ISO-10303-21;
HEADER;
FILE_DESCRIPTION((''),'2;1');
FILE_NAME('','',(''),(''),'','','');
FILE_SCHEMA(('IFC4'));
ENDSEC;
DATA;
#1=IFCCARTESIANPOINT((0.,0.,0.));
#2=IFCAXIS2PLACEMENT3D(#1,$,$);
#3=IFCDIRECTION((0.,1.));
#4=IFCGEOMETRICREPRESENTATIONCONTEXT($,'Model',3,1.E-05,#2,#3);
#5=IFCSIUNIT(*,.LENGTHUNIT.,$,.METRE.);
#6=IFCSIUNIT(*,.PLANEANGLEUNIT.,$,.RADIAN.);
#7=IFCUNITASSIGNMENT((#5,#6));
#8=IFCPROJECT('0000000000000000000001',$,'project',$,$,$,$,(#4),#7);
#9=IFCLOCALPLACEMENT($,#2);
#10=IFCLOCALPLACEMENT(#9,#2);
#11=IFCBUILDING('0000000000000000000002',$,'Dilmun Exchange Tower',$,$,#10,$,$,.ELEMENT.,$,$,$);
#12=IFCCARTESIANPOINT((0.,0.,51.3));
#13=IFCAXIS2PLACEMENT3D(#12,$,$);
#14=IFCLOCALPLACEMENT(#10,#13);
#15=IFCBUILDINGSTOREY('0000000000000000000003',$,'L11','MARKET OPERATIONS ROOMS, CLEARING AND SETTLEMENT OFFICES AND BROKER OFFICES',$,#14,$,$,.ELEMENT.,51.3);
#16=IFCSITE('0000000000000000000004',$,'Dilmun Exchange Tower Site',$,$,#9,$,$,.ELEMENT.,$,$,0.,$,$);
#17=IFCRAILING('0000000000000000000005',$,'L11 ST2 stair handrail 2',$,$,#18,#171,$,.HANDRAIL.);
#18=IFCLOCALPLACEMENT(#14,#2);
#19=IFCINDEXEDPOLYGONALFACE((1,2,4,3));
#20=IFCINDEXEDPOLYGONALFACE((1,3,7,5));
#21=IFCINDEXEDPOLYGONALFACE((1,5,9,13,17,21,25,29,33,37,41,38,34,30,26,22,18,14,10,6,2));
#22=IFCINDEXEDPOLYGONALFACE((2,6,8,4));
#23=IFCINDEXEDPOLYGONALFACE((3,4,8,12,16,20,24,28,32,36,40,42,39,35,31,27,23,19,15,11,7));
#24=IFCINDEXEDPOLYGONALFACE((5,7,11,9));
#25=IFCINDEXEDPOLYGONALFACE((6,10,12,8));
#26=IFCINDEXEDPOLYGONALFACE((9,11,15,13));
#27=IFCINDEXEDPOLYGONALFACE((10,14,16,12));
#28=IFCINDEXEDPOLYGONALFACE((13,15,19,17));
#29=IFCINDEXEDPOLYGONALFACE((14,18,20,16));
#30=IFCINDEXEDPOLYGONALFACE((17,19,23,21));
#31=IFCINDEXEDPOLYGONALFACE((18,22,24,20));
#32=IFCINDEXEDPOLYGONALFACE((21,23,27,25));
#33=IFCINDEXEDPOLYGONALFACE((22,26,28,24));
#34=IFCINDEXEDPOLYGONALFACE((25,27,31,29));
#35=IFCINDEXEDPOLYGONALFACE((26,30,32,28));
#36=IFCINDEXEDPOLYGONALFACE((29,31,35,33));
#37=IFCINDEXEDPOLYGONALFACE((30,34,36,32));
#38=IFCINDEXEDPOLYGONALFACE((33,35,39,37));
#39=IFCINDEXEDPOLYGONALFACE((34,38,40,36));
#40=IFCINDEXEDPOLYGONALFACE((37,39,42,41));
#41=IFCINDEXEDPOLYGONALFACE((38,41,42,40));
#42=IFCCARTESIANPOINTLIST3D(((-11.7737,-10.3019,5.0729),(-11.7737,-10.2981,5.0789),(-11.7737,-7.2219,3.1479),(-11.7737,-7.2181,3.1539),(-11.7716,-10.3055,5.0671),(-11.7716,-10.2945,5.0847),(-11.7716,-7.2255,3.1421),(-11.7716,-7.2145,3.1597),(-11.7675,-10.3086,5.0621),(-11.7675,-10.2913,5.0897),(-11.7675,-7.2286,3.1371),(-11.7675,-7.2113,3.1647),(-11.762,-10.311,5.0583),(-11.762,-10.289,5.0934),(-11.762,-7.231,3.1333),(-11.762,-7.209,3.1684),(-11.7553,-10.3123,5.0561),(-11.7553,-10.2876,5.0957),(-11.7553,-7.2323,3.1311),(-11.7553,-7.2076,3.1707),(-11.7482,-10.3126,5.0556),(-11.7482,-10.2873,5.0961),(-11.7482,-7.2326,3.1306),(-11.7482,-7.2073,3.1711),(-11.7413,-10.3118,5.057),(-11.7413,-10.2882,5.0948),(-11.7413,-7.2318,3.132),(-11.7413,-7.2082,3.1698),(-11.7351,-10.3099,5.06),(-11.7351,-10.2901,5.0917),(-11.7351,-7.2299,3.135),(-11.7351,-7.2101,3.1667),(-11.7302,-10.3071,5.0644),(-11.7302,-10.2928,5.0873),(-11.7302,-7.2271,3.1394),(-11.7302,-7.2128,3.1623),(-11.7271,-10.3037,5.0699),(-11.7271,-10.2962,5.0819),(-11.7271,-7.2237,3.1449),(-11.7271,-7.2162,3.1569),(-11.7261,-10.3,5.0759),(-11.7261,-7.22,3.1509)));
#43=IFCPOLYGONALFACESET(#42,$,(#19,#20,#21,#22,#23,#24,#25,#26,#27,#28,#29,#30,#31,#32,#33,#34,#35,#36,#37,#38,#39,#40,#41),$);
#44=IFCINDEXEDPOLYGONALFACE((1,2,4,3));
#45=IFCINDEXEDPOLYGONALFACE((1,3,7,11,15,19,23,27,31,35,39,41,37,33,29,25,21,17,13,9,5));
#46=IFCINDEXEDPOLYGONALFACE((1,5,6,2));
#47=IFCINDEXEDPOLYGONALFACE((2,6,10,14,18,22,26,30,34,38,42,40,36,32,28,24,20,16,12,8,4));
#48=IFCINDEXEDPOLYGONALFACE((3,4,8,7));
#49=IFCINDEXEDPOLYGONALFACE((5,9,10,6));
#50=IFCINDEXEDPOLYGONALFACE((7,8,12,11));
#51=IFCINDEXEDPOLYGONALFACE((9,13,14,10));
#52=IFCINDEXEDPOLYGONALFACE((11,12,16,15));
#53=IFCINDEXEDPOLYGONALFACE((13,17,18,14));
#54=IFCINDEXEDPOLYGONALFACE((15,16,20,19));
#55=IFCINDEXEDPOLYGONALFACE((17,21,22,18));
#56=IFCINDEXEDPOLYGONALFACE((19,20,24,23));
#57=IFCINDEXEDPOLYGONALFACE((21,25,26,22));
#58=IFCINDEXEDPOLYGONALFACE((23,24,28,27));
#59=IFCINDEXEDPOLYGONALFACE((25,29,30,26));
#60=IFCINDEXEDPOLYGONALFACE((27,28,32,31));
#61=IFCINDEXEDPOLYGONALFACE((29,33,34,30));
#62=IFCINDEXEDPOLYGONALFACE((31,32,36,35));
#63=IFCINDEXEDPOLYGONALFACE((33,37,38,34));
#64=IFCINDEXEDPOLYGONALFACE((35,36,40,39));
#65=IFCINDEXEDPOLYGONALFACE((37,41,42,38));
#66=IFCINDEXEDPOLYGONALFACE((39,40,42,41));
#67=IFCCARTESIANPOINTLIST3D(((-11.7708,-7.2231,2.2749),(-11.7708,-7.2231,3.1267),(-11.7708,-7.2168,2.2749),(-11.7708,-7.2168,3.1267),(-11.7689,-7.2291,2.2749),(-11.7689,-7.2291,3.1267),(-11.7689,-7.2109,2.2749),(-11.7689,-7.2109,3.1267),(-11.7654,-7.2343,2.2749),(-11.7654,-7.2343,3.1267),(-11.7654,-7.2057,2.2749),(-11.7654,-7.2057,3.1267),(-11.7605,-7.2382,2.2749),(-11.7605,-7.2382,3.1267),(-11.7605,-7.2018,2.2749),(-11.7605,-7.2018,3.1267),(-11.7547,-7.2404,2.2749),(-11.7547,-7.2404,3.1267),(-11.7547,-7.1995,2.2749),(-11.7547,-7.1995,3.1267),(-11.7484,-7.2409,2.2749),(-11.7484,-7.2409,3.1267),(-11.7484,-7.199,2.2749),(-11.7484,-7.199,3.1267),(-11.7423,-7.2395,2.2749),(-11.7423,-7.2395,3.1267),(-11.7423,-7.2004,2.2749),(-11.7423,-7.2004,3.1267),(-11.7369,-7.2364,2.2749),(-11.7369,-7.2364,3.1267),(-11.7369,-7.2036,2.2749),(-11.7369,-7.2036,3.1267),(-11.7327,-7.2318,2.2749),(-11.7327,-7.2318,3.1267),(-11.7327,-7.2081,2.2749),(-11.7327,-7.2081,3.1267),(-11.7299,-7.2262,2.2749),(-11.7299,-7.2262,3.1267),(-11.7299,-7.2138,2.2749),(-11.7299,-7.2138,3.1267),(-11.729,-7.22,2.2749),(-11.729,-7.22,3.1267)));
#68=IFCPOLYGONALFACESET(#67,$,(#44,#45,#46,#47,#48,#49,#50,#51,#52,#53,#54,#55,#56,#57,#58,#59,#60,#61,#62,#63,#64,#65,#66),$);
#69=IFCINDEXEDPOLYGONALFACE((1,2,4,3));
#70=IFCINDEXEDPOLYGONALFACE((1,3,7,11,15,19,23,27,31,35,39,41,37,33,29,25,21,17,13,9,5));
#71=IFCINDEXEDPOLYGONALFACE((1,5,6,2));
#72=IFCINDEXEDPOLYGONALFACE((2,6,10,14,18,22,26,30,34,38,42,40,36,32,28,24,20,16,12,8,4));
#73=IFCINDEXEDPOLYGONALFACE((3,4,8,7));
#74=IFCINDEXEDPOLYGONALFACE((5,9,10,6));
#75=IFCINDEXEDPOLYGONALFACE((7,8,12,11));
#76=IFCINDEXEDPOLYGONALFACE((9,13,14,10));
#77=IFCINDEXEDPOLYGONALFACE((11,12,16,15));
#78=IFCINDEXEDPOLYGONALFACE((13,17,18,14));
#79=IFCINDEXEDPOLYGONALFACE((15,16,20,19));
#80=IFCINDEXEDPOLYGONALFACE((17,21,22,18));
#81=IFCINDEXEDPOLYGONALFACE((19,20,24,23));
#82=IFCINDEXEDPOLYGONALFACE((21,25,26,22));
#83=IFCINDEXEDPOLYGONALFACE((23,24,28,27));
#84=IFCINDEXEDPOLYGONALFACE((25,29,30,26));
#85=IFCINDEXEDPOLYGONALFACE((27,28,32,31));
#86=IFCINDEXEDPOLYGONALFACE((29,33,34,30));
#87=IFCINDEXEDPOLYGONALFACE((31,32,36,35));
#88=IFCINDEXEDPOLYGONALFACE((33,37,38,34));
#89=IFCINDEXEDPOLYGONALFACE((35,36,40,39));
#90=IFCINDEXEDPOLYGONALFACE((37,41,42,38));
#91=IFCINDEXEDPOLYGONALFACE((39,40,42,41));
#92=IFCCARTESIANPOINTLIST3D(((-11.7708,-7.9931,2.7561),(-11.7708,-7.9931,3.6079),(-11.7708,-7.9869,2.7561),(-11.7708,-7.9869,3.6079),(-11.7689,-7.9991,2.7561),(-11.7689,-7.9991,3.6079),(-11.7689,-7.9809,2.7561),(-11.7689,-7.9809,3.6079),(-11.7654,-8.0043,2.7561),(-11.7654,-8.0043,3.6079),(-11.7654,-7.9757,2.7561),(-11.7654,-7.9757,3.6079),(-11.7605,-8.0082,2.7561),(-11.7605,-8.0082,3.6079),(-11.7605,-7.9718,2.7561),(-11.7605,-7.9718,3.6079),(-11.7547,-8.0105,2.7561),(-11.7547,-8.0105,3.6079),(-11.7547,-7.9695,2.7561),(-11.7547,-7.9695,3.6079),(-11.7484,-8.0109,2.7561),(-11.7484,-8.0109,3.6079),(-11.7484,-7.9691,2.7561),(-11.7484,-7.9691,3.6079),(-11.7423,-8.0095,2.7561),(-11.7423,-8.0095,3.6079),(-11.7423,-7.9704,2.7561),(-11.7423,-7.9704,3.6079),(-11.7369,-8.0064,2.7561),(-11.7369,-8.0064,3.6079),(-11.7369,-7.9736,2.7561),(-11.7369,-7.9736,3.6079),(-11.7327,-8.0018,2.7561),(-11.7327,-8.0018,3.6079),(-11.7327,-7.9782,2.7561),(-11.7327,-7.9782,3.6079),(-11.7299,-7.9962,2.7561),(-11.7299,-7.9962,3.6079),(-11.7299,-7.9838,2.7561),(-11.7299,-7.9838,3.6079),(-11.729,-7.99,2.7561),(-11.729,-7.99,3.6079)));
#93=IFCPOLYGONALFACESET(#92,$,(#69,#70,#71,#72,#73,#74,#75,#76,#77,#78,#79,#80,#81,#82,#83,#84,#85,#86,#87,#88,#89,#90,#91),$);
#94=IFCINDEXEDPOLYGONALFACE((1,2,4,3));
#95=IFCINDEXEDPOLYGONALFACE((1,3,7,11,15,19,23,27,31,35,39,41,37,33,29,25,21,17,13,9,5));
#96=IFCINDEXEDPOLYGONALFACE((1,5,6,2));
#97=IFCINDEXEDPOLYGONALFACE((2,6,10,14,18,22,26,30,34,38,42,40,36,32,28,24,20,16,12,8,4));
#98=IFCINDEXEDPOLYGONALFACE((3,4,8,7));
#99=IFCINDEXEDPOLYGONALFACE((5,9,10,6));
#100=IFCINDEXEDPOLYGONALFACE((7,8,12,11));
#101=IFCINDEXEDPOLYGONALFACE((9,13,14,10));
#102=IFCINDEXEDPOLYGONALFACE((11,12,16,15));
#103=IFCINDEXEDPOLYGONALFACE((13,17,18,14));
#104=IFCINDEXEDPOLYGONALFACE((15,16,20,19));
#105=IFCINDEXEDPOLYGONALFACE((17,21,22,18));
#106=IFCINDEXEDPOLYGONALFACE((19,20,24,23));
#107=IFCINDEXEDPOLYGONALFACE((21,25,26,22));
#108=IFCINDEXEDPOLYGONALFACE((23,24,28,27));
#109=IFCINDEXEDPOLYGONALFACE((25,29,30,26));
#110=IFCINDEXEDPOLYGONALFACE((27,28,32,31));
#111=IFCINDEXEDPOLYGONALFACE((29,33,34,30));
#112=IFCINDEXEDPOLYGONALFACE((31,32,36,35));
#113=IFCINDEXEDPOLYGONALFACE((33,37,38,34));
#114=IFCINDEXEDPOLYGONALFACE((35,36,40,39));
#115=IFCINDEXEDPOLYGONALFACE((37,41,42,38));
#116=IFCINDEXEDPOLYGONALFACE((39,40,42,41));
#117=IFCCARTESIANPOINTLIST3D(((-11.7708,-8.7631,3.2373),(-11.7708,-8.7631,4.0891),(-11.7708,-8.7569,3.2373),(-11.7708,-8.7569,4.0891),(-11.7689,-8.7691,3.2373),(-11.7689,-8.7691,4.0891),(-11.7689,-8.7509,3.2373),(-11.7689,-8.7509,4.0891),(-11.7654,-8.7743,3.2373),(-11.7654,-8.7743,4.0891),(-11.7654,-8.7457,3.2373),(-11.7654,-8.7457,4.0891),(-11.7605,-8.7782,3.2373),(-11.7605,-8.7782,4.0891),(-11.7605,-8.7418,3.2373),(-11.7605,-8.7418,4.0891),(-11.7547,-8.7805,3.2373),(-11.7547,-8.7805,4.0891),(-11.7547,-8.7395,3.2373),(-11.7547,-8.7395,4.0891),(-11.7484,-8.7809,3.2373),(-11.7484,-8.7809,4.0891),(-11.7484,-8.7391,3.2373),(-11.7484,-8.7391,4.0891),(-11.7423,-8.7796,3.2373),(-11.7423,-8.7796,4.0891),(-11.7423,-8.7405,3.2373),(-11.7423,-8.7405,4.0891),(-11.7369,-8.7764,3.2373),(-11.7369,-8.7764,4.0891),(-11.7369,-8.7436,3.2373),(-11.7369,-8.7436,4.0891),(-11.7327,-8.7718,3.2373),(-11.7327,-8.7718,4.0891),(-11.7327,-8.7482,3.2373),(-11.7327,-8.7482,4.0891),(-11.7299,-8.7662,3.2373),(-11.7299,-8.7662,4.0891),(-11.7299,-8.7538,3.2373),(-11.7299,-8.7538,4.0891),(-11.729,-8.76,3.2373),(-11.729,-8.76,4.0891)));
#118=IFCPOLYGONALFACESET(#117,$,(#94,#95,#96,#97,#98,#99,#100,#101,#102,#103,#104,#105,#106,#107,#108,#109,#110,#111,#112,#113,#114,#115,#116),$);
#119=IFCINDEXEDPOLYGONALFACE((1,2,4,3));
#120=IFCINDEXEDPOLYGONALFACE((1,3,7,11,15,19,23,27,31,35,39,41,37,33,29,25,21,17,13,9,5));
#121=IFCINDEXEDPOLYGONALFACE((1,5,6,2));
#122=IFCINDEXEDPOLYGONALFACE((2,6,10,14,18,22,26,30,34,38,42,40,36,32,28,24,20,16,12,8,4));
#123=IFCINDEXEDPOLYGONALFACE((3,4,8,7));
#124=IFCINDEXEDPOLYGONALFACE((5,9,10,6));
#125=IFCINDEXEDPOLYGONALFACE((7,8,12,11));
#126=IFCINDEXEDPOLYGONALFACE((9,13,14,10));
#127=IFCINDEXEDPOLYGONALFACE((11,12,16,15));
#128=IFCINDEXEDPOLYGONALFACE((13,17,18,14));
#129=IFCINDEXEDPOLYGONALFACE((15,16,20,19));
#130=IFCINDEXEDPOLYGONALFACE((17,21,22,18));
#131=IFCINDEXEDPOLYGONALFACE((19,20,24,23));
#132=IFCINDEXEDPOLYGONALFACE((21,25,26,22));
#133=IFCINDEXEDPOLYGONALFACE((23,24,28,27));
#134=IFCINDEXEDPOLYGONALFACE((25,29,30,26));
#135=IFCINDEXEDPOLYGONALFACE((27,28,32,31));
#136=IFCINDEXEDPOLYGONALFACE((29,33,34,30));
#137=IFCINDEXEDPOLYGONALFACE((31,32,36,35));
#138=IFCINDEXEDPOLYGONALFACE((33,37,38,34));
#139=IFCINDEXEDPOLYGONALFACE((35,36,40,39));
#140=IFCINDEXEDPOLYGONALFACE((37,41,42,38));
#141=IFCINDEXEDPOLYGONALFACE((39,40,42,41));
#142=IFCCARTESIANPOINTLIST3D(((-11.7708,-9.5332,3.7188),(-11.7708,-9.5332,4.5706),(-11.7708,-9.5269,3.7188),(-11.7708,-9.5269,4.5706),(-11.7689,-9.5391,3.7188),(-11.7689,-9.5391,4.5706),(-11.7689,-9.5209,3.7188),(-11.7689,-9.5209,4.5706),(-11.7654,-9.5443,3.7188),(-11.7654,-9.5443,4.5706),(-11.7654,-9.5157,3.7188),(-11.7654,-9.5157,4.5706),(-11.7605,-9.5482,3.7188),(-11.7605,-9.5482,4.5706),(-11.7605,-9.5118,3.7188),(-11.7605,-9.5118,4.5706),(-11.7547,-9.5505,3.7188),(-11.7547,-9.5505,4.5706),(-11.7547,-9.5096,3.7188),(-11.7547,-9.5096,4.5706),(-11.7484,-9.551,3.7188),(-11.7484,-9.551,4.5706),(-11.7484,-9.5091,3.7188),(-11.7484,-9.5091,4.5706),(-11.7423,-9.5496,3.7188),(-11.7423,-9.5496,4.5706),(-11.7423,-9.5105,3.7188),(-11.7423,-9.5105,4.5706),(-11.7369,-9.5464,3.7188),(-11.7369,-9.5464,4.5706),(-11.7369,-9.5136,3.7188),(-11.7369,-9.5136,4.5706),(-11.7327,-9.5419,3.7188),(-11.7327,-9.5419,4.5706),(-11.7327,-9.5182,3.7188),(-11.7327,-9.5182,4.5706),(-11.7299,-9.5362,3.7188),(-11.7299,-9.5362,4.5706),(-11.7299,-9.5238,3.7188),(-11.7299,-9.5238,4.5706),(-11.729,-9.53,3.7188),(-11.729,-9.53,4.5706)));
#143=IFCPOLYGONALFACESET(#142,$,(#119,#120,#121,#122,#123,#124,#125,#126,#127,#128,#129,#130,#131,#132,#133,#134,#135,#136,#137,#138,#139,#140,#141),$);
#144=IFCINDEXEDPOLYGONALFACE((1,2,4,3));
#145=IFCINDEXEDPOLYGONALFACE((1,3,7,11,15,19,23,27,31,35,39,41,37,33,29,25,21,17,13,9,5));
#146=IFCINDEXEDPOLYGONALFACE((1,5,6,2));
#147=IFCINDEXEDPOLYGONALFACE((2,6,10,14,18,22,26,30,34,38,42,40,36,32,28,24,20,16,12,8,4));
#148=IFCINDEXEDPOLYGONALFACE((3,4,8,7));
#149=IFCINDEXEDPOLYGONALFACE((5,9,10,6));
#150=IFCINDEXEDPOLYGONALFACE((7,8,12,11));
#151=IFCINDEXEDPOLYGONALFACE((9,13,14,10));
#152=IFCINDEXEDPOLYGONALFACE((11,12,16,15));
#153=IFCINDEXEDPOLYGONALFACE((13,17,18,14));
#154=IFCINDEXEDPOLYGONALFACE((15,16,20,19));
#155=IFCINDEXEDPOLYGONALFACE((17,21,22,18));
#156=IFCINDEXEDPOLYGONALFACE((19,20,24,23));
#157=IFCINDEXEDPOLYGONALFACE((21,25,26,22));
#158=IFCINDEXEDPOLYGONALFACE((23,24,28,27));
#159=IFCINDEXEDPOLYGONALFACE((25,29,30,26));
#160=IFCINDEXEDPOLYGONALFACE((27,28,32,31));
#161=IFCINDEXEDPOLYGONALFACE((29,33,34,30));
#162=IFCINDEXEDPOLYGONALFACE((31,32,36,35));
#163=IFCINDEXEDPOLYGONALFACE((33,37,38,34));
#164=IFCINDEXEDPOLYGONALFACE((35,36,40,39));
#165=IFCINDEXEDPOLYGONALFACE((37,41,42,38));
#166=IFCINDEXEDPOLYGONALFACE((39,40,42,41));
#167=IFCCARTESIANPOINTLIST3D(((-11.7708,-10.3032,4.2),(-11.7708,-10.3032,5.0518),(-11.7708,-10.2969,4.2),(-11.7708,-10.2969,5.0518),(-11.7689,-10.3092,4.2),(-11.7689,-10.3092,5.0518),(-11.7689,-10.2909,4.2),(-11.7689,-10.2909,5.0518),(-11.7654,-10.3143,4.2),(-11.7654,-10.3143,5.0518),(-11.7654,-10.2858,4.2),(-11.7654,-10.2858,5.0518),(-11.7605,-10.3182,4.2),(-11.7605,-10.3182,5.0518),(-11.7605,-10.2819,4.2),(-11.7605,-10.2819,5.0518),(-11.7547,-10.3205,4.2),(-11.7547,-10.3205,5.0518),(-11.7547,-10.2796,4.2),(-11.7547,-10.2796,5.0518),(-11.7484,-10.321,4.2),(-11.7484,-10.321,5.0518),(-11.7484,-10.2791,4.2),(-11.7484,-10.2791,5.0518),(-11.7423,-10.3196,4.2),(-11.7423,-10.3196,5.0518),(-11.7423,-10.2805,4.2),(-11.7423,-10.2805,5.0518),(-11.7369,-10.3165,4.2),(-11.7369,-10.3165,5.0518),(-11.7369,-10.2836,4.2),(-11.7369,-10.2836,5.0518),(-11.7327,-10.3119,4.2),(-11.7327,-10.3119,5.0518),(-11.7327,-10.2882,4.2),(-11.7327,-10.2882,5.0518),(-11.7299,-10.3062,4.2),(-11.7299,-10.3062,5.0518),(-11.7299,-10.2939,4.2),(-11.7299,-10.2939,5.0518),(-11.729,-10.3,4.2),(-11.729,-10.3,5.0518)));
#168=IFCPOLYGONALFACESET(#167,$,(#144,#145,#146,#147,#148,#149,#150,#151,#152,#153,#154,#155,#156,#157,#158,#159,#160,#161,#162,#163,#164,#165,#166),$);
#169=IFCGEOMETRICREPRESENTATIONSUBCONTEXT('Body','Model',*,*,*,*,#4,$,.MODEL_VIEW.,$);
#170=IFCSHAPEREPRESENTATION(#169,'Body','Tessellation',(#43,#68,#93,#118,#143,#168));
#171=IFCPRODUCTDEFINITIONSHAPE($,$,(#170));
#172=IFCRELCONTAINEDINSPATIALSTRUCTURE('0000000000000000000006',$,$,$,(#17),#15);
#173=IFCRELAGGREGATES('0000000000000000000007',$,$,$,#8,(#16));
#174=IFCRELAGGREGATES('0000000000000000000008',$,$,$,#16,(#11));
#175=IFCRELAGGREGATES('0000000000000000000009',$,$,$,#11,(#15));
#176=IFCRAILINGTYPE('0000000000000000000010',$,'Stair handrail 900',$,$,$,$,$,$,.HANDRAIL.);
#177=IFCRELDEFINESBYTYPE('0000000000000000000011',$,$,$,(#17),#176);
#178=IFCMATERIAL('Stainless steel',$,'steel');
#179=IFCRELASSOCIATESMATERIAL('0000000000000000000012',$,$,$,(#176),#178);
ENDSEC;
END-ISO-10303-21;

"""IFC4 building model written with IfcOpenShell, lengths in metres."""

from ifc_helpers import new_model, si_unit, direction, frame, origin, origin_2d, place, context, subcontext, project, spatial, circle, extrude, material, type_object, element, save


model = new_model("IFC4")

# Units and contexts
model_context = context("Model", 3, precision=1e-05, world=origin(), true_north=direction((0.0, 1.0)))
body_context = subcontext(model_context, "Body", "Model", "MODEL_VIEW")
ifc_project = project(units=[si_unit("LENGTHUNIT", "METRE"), si_unit("PLANEANGLEUNIT", "RADIAN")], contexts=[model_context])

# Site, building, storey
site_placement = place(None, origin())
site = spatial("IfcSite", under=ifc_project, at=site_placement, Name="Dilmun Exchange Tower Site", CompositionType="ELEMENT", RefElevation=0.0)
building_placement = place(site_placement, origin())
building = spatial("IfcBuilding", under=site, at=building_placement, Name="Dilmun Exchange Tower", CompositionType="ELEMENT")
storey_placement = place(building_placement, frame((0.0, 0.0, 51.3)))
storey = spatial("IfcBuildingStorey", under=building, at=storey_placement, Name="L11", Description="MARKET OPERATIONS ROOMS, CLEARING AND SETTLEMENT OFFICES AND BROKER OFFICES", CompositionType="ELEMENT", Elevation=51.3)

# Railing
ifc_material_1 = material(Name="Stainless steel", Category="steel")
railing_type = type_object("IfcRailingType", Name="Stair handrail 900", PredefinedType="HANDRAIL", material=ifc_material_1)
railing_placement = place(storey_placement, frame((-11.75, -7.22, 2.2749)))
element("IfcRailing", 1, at=railing_placement, inside=storey, type_object=railing_type, Name="L11 ST2 stair handrail 2", PredefinedType="HANDRAIL", context=body_context, shape_type="SweptSolid", body=[
    extrude(circle(Radius=0.0239, at=origin_2d()), frame((0.0, 0.0, 0.876), z_axis=(0.0, -0.847998, 0.529999), x_axis=(1.0, 0.0, 0.0)), (0.0, 0.0, 1.0), 3.6321),
    extrude(circle(Radius=0.021, at=origin_2d()), origin(), (0.0, 0.0, 1.0), 0.8518),
    extrude(circle(Radius=0.021, at=origin_2d()), frame((0.0, -0.77, 0.4812)), (0.0, 0.0, 1.0), 0.8518),
    extrude(circle(Radius=0.021, at=origin_2d()), frame((0.0, -1.54, 0.9624)), (0.0, 0.0, 1.0), 0.8518),
    extrude(circle(Radius=0.021, at=origin_2d()), frame((0.0, -2.3101, 1.4438)), (0.0, 0.0, 1.0), 0.8518),
    extrude(circle(Radius=0.021, at=origin_2d()), frame((0.0, -3.0801, 1.925)), (0.0, 0.0, 1.0), 0.8518),
])

save(model, "model.ifc")
